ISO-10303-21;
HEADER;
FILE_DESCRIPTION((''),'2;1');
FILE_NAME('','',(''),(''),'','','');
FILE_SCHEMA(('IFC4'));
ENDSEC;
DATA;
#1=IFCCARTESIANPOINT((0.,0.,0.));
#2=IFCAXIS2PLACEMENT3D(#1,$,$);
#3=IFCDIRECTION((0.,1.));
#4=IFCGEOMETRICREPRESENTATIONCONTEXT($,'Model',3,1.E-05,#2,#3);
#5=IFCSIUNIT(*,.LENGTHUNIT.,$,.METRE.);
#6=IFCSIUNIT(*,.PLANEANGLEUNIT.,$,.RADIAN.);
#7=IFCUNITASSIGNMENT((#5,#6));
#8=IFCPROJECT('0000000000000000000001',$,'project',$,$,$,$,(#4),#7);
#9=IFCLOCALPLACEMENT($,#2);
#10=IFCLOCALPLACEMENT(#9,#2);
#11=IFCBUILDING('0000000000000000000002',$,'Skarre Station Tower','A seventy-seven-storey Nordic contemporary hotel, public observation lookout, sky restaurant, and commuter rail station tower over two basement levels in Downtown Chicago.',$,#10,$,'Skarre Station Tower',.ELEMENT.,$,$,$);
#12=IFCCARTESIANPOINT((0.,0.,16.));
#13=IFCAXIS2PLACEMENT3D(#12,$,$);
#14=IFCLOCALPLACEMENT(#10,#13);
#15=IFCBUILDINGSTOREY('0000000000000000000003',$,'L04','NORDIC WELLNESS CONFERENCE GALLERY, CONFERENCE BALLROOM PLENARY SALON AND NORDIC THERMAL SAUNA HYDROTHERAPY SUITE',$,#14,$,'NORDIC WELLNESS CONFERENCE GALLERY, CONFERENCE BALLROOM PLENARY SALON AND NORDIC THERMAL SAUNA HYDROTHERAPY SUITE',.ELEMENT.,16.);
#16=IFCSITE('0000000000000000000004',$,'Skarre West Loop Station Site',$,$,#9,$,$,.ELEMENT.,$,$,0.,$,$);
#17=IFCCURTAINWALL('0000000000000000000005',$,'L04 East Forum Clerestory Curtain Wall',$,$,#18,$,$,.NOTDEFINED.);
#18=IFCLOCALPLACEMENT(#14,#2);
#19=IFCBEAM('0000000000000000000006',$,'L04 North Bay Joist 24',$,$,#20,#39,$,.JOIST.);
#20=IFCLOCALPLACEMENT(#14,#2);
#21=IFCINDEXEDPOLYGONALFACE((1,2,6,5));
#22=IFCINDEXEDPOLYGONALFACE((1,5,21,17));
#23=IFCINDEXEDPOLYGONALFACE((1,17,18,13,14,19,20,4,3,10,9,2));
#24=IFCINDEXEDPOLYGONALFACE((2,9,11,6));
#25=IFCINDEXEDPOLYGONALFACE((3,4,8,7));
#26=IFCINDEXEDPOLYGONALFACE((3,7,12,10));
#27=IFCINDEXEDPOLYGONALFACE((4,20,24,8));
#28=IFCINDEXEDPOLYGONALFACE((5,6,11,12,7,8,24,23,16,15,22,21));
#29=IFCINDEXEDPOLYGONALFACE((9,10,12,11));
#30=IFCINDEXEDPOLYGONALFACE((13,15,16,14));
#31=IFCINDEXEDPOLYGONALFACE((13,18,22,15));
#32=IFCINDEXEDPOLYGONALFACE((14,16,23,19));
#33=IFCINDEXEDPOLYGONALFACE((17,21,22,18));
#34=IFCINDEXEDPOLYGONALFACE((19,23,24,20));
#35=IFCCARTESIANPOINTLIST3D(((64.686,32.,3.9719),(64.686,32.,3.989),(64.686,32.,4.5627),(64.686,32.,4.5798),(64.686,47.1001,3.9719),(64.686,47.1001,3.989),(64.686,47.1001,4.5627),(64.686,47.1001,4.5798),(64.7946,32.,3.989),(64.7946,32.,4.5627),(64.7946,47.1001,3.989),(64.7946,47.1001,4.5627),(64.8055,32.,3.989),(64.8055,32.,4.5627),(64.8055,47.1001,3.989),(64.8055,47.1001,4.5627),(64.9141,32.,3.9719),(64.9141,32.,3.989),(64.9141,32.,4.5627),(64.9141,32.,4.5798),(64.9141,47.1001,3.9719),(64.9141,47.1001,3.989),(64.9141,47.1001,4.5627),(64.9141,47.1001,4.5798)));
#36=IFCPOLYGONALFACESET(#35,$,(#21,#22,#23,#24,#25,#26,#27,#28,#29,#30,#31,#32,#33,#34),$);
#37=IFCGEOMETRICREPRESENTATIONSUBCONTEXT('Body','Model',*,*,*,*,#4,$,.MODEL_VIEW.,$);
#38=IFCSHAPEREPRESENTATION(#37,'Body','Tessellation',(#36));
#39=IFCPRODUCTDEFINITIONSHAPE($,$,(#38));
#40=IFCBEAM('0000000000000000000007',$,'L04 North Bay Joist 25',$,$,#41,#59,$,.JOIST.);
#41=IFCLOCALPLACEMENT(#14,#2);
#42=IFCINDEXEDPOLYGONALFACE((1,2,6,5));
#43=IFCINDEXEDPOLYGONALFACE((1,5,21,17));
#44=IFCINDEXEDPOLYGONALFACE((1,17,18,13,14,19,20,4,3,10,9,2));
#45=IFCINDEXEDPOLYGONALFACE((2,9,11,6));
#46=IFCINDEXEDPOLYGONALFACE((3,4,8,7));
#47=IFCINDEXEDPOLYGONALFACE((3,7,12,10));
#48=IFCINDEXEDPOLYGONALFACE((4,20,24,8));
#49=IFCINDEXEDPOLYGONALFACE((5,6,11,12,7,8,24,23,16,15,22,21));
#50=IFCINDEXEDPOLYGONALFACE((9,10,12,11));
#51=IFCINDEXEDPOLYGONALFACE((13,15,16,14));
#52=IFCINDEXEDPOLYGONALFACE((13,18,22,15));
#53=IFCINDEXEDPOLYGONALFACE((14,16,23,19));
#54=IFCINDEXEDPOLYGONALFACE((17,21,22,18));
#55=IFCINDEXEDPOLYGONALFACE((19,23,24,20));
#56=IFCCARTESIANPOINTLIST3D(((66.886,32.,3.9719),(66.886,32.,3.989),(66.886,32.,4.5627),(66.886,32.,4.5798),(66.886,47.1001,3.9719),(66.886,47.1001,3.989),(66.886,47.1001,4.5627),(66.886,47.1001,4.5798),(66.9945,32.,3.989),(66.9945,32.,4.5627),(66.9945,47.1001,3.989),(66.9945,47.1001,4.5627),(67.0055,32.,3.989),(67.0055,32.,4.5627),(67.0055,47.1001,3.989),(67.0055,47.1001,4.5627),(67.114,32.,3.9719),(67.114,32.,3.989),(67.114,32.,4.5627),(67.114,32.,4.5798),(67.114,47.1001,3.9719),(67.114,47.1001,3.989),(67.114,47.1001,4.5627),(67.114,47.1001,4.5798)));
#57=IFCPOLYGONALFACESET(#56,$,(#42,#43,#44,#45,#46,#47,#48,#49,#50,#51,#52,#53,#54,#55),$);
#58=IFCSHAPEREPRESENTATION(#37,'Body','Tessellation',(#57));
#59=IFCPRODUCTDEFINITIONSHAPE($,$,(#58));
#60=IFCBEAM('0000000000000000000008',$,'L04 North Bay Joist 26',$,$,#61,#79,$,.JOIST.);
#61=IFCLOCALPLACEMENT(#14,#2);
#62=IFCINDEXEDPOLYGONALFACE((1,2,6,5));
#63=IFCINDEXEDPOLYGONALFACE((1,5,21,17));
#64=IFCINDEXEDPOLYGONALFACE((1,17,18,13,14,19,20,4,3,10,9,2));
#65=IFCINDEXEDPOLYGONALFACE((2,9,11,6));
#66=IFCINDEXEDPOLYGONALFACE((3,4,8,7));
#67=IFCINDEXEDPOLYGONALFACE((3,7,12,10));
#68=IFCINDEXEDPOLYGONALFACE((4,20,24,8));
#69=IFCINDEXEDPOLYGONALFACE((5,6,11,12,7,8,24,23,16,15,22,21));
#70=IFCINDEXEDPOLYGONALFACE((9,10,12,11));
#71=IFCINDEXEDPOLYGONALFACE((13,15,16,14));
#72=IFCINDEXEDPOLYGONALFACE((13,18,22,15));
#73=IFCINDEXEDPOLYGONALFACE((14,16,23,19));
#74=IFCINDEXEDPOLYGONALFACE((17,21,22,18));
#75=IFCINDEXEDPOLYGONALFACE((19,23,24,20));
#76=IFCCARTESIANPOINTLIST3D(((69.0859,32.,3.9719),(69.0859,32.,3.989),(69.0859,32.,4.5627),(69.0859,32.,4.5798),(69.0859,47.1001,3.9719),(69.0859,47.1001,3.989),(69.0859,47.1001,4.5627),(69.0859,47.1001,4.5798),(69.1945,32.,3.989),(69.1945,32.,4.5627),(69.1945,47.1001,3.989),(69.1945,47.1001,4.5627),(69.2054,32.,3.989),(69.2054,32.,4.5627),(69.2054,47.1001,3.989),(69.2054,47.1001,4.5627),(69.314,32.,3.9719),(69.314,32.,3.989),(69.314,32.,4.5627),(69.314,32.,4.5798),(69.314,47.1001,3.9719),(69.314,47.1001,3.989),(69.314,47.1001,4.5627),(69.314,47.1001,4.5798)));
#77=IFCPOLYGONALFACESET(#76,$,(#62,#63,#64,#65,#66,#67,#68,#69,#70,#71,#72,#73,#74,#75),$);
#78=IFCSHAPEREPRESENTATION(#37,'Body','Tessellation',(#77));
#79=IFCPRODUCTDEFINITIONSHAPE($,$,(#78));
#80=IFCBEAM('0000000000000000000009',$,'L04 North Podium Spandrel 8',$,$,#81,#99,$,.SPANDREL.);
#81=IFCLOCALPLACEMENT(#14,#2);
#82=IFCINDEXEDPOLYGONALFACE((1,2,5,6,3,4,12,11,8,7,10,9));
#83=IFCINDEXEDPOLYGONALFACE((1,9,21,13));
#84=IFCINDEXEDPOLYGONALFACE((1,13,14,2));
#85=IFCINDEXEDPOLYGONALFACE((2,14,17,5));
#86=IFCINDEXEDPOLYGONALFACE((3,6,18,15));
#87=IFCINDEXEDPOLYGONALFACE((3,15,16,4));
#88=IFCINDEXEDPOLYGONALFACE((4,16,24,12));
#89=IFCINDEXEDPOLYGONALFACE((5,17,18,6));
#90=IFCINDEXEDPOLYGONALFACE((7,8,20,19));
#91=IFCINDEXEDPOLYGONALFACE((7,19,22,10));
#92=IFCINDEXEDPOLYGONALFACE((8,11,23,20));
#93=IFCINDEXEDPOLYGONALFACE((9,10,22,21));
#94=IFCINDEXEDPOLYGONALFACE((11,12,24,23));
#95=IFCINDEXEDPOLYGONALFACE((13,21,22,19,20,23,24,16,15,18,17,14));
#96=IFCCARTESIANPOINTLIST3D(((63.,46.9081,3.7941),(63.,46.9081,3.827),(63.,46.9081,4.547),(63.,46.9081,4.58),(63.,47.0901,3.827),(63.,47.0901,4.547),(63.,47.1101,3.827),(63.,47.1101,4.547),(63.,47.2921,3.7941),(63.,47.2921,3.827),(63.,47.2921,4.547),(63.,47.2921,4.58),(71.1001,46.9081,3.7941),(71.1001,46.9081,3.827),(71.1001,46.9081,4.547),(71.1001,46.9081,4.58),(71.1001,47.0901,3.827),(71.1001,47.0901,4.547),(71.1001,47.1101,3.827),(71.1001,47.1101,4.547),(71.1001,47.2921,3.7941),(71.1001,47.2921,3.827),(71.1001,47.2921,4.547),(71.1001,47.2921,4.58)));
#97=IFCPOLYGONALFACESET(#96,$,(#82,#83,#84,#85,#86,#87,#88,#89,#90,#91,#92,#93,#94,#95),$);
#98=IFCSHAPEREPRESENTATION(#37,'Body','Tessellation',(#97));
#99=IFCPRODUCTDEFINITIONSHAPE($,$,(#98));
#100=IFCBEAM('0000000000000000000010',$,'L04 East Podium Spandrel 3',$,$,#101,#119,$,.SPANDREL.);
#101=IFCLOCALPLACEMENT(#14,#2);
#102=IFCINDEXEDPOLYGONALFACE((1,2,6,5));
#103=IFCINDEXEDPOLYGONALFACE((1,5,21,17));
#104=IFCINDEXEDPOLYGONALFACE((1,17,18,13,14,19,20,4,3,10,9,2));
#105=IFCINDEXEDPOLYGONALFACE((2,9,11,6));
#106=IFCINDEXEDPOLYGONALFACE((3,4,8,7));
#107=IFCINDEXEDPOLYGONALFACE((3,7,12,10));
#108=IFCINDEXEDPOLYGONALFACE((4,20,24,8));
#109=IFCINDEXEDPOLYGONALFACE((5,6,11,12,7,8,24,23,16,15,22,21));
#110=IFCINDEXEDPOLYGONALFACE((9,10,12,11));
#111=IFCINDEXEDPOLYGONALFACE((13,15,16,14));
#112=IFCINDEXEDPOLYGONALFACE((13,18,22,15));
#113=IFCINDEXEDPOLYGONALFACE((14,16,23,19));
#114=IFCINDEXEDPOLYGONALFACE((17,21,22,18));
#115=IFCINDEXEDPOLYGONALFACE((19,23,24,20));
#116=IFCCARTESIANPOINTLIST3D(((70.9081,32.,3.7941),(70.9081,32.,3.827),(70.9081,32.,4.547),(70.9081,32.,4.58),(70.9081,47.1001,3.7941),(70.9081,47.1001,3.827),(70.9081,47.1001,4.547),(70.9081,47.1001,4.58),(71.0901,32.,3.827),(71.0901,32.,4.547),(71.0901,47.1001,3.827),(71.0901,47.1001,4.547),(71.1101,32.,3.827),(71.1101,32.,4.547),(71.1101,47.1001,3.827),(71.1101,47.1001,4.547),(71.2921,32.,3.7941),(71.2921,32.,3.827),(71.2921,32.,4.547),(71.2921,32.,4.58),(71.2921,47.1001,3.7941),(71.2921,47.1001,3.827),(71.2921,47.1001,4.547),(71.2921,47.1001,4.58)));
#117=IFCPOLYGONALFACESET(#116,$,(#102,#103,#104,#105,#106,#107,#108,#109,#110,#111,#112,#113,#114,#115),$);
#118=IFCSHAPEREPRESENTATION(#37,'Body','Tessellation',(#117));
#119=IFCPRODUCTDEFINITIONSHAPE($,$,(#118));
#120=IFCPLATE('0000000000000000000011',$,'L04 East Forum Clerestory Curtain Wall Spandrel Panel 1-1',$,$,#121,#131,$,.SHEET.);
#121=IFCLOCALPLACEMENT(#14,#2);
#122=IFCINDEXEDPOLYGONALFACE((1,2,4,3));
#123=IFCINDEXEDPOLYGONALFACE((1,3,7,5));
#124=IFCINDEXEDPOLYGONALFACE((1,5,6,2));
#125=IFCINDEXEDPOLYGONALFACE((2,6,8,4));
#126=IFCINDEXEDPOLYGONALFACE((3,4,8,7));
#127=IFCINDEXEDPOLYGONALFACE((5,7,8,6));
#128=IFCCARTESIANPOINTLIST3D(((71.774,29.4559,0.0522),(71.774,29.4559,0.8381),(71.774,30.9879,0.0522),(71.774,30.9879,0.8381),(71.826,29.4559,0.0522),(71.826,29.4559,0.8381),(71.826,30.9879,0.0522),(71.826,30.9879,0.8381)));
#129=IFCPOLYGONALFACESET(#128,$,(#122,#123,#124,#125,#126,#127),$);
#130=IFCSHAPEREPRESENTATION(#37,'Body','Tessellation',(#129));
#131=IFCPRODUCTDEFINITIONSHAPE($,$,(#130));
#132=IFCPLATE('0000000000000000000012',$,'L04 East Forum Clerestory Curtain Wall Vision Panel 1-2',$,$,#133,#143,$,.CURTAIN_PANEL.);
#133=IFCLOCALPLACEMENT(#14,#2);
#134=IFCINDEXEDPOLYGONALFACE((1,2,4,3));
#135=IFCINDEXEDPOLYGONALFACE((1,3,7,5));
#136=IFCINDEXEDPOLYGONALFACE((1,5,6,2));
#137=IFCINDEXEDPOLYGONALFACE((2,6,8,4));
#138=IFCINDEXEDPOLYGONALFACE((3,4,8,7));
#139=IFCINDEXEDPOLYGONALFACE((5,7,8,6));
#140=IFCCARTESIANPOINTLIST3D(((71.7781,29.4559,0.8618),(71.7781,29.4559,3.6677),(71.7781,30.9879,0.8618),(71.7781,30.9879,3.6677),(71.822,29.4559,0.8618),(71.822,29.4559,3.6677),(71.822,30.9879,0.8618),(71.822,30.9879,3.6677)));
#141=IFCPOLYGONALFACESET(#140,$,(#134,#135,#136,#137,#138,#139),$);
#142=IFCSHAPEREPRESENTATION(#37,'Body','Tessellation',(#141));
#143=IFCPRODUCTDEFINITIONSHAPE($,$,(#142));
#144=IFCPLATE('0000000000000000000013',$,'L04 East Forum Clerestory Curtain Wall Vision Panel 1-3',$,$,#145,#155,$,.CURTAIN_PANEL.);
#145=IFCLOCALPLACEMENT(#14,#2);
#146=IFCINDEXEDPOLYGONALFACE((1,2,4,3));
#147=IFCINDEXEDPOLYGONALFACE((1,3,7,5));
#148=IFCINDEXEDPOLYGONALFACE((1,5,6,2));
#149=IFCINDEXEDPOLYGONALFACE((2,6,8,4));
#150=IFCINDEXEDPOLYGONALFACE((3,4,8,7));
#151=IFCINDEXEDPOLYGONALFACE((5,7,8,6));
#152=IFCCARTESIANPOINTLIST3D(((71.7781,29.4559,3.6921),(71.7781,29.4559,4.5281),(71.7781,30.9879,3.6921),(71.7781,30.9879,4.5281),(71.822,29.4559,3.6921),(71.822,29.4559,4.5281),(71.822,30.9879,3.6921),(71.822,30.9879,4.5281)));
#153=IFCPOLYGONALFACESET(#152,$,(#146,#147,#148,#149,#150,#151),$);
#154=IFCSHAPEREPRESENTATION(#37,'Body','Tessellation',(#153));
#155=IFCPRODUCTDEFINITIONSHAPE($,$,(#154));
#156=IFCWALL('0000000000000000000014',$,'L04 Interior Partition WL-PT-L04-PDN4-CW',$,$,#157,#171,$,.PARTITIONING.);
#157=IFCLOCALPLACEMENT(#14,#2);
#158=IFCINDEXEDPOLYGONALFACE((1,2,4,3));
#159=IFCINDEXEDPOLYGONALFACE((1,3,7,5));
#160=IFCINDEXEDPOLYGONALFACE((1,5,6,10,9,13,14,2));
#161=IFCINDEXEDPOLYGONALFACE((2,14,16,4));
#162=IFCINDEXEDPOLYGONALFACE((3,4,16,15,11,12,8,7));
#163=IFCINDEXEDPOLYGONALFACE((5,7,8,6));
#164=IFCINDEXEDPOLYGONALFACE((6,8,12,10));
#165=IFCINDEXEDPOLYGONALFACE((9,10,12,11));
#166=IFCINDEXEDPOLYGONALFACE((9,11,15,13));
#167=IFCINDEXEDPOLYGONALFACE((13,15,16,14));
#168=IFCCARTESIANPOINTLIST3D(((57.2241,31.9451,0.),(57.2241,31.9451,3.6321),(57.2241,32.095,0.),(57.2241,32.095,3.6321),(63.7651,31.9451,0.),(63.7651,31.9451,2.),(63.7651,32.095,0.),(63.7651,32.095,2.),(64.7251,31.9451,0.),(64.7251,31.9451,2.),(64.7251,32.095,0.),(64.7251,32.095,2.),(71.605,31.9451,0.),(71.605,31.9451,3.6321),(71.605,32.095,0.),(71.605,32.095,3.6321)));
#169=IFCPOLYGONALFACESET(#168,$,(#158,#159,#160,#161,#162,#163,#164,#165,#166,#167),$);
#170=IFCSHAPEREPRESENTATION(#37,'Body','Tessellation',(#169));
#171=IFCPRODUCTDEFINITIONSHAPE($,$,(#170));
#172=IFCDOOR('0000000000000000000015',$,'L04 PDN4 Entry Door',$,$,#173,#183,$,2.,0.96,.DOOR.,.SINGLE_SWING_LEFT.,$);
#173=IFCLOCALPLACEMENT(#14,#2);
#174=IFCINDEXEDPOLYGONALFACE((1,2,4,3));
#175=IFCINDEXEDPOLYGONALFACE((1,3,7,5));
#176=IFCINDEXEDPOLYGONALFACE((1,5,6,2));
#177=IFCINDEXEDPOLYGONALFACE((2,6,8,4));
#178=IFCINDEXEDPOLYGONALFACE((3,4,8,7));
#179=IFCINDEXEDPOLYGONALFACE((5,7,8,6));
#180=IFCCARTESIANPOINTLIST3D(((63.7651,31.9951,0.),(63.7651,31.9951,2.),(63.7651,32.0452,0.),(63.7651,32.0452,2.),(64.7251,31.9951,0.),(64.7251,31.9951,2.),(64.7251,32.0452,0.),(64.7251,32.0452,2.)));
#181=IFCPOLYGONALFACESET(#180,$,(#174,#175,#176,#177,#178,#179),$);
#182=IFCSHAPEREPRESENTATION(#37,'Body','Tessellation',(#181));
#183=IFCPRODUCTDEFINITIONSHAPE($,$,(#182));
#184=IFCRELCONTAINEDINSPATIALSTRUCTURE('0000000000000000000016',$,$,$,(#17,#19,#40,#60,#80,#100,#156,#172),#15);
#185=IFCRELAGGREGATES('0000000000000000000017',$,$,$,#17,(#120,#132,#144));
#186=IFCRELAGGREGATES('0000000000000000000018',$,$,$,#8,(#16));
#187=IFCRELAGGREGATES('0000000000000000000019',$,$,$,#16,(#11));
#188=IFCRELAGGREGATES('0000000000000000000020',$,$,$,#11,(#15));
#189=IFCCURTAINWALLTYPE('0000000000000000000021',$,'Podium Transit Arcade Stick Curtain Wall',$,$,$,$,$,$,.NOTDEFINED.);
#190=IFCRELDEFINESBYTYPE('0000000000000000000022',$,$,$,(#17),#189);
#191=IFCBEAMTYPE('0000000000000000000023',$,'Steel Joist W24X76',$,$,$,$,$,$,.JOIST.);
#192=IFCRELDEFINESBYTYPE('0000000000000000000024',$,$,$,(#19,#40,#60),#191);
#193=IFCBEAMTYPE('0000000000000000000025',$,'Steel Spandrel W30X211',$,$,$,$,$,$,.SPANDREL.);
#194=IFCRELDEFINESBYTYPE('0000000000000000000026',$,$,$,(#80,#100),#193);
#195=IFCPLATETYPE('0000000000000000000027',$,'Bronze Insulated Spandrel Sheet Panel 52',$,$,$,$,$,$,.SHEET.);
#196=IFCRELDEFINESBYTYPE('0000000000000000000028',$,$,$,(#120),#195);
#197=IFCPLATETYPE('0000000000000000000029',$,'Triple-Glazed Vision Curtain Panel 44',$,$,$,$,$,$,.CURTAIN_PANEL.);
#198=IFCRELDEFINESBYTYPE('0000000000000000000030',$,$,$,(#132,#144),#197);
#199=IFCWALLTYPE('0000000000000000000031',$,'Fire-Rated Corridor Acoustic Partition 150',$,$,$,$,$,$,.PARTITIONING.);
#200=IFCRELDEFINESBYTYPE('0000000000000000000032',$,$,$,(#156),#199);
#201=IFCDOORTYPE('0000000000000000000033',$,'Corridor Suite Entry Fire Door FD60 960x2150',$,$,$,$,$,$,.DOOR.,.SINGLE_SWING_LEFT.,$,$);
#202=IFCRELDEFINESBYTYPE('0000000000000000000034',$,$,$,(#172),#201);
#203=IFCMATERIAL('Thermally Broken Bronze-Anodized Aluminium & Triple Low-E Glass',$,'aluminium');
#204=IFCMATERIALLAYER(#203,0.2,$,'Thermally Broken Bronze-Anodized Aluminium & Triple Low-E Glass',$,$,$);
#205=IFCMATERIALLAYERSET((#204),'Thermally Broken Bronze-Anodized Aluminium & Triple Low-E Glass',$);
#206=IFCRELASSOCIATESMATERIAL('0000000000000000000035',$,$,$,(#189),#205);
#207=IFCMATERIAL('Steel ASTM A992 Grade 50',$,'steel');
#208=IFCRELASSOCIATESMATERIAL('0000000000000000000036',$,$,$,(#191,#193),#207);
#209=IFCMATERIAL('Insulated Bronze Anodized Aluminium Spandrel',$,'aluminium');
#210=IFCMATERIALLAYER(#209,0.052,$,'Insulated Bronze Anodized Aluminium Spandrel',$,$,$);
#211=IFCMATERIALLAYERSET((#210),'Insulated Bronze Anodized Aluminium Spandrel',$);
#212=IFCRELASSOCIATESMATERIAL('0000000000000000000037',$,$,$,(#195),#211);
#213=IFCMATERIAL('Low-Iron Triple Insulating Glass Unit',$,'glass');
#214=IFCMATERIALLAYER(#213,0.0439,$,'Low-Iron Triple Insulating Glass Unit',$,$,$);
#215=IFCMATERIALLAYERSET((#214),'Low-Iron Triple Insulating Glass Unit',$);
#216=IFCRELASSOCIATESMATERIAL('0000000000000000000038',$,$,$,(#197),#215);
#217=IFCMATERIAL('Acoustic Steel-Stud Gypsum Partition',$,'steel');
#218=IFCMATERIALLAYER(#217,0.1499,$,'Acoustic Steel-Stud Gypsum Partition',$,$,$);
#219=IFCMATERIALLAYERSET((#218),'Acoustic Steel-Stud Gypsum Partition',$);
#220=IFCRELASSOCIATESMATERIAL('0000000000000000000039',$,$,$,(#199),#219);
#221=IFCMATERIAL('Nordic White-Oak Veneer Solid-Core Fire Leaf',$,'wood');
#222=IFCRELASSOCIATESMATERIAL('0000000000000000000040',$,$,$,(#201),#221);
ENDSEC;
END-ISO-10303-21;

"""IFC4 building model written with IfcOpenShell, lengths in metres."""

from ifc_helpers import new_model, si_unit, direction, frame, frame_2d, origin, origin_2d, place, context, subcontext, project, spatial, rectangle, i_section, extrude, material, layer, layer_set, material_profile, profile_set, type_object, element, fill, aggregate, save


model = new_model("IFC4")

# Units and contexts
model_context = context("Model", 3, precision=1e-05, world=origin(), true_north=direction((0.0, 1.0)))
body_context = subcontext(model_context, "Body", "Model", "MODEL_VIEW")
ifc_project = project(units=[si_unit("LENGTHUNIT", "METRE"), si_unit("PLANEANGLEUNIT", "RADIAN")], contexts=[model_context])

# Site, building, storey
site_placement = place(None, origin())
site = spatial("IfcSite", under=ifc_project, at=site_placement, Name="Skarre West Loop Station Site", CompositionType="ELEMENT", RefElevation=0.0)
building_placement = place(site_placement, origin())
building = spatial("IfcBuilding", under=site, at=building_placement, Name="Skarre Station Tower", Description="A seventy-seven-storey Nordic contemporary hotel, public observation lookout, sky restaurant, and commuter rail station tower over two basement levels in Downtown Chicago.", LongName="Skarre Station Tower", CompositionType="ELEMENT")
storey_placement = place(building_placement, frame((0.0, 0.0, 16.0)))
storey = spatial("IfcBuildingStorey", under=building, at=storey_placement, Name="L04", Description="NORDIC WELLNESS CONFERENCE GALLERY, CONFERENCE BALLROOM PLENARY SALON AND NORDIC THERMAL SAUNA HYDROTHERAPY SUITE", LongName="NORDIC WELLNESS CONFERENCE GALLERY, CONFERENCE BALLROOM PLENARY SALON AND NORDIC THERMAL SAUNA HYDROTHERAPY SUITE", CompositionType="ELEMENT", Elevation=16.0)

# Curtain wall
ifc_material_1 = material(Name="Thermally Broken Bronze-Anodized Aluminium & Triple Low-E Glass", Category="aluminium")
ifc_layer_1 = layer(ifc_material_1, 0.2, Name="Thermally Broken Bronze-Anodized Aluminium & Triple Low-E Glass")
ifc_layer_set_1 = layer_set([ifc_layer_1], Name="Thermally Broken Bronze-Anodized Aluminium & Triple Low-E Glass")
curtain_wall_type = type_object("IfcCurtainWallType", Name="Podium Transit Arcade Stick Curtain Wall", PredefinedType="NOTDEFINED", material=ifc_layer_set_1)
curtain_wall_placement = place(storey_placement, origin())
curtain_wall = element("IfcCurtainWall", 1, at=curtain_wall_placement, inside=storey, type_object=curtain_wall_type, Name="L04 East Forum Clerestory Curtain Wall", PredefinedType="NOTDEFINED")

# Beams
ifc_material_2 = material(Name="Steel ASTM A992 Grade 50", Category="steel")
ifc_material_profile_1 = material_profile(ifc_material_2, i_section(OverallWidth=0.228, OverallDepth=0.6079, WebThickness=0.011, FlangeThickness=0.0171, at=origin_2d()), Name="Steel ASTM A992 Grade 50")
ifc_profile_set_1 = profile_set([ifc_material_profile_1], Name="Steel ASTM A992 Grade 50")
beam_type_1 = type_object("IfcBeamType", Name="Steel Joist W24X76", PredefinedType="JOIST", material=ifc_profile_set_1)
for number, where, z_axis, x_axis, name in (
    (2, (64.8, 32.0, 4.2759), (0.0, 1.0, 0.0), (-1.0, 0.0, 0.0), "L04 North Bay Joist 24"),
    (3, (67.0, 32.0, 4.2759), (0.0, 1.0, 0.0), (-1.0, 0.0, 0.0), "L04 North Bay Joist 25"),
    (4, (69.2, 32.0, 4.2759), (0.0, 1.0, 0.0), (-1.0, 0.0, 0.0), "L04 North Bay Joist 26"),
):
    element("IfcBeam", number, at=place(storey_placement, frame(where, z_axis=z_axis, x_axis=x_axis)), inside=storey, type_object=beam_type_1, Name=name, PredefinedType="JOIST", context=body_context, shape_type="SweptSolid", body=[
        extrude(i_section(OverallWidth=0.228, OverallDepth=0.6079, WebThickness=0.011, FlangeThickness=0.0171, at=origin_2d()), origin(), (0.0, 0.0, 1.0), 15.1001),
    ])
ifc_material_profile_2 = material_profile(ifc_material_2, i_section(OverallWidth=0.384, OverallDepth=0.7859, WebThickness=0.02, FlangeThickness=0.033, at=origin_2d()), Name="Steel ASTM A992 Grade 50")
ifc_profile_set_2 = profile_set([ifc_material_profile_2], Name="Steel ASTM A992 Grade 50")
beam_type_2 = type_object("IfcBeamType", Name="Steel Spandrel W30X211", PredefinedType="SPANDREL", material=ifc_profile_set_2)
beam_1_placement = place(storey_placement, frame((63.0, 47.1001, 4.187), z_axis=(1.0, 0.0, 0.0), x_axis=(0.0, 1.0, 0.0)))
element("IfcBeam", 5, at=beam_1_placement, inside=storey, type_object=beam_type_2, Name="L04 North Podium Spandrel 8", PredefinedType="SPANDREL", context=body_context, shape_type="SweptSolid", body=[
    extrude(i_section(OverallWidth=0.384, OverallDepth=0.7859, WebThickness=0.02, FlangeThickness=0.033, at=origin_2d()), origin(), (0.0, 0.0, 1.0), 8.1001),
])
beam_2_placement = place(storey_placement, frame((71.1001, 32.0, 4.187), z_axis=(0.0, 1.0, 0.0), x_axis=(-1.0, 0.0, 0.0)))
element("IfcBeam", 6, at=beam_2_placement, inside=storey, type_object=beam_type_2, Name="L04 East Podium Spandrel 3", PredefinedType="SPANDREL", context=body_context, shape_type="SweptSolid", body=[
    extrude(i_section(OverallWidth=0.384, OverallDepth=0.7859, WebThickness=0.02, FlangeThickness=0.033, at=origin_2d()), origin(), (0.0, 0.0, 1.0), 15.1001),
])

# Plates
ifc_material_3 = material(Name="Insulated Bronze Anodized Aluminium Spandrel", Category="aluminium")
ifc_layer_2 = layer(ifc_material_3, 0.052, Name="Insulated Bronze Anodized Aluminium Spandrel")
ifc_layer_set_2 = layer_set([ifc_layer_2], Name="Insulated Bronze Anodized Aluminium Spandrel")
plate_type_1 = type_object("IfcPlateType", Name="Bronze Insulated Spandrel Sheet Panel 52", PredefinedType="SHEET", material=ifc_layer_set_2)
plate_1_placement = place(storey_placement, frame((71.8, 30.2219, 0.0522), z_axis=(0.0, 0.0, 1.0), x_axis=(0.0, -1.0, 0.0)))
plate_1 = element("IfcPlate", 7, at=plate_1_placement, type_object=plate_type_1, Name="L04 East Forum Clerestory Curtain Wall Spandrel Panel 1-1", PredefinedType="SHEET", context=body_context, shape_type="SweptSolid", body=[
    extrude(rectangle(XDim=1.532, YDim=0.052, at=origin_2d()), origin(), (0.0, 0.0, 1.0), 0.7859),
])
ifc_material_4 = material(Name="Low-Iron Triple Insulating Glass Unit", Category="glass")
ifc_layer_3 = layer(ifc_material_4, 0.0439, Name="Low-Iron Triple Insulating Glass Unit")
ifc_layer_set_3 = layer_set([ifc_layer_3], Name="Low-Iron Triple Insulating Glass Unit")
plate_type_2 = type_object("IfcPlateType", Name="Triple-Glazed Vision Curtain Panel 44", PredefinedType="CURTAIN_PANEL", material=ifc_layer_set_3)
plate_2_placement = place(storey_placement, frame((71.8, 30.2219, 0.8618), z_axis=(0.0, 0.0, 1.0), x_axis=(0.0, -1.0, 0.0)))
plate_2 = element("IfcPlate", 8, at=plate_2_placement, type_object=plate_type_2, Name="L04 East Forum Clerestory Curtain Wall Vision Panel 1-2", PredefinedType="CURTAIN_PANEL", context=body_context, shape_type="SweptSolid", body=[
    extrude(rectangle(XDim=1.532, YDim=0.0439, at=origin_2d()), origin(), (0.0, 0.0, 1.0), 2.8059),
])
plate_3_placement = place(storey_placement, frame((71.8, 30.2219, 3.6921), z_axis=(0.0, 0.0, 1.0), x_axis=(0.0, -1.0, 0.0)))
plate_3 = element("IfcPlate", 9, at=plate_3_placement, type_object=plate_type_2, Name="L04 East Forum Clerestory Curtain Wall Vision Panel 1-3", PredefinedType="CURTAIN_PANEL", context=body_context, shape_type="SweptSolid", body=[
    extrude(rectangle(XDim=1.532, YDim=0.0439, at=origin_2d()), origin(), (0.0, 0.0, 1.0), 0.8359),
])
aggregate(curtain_wall, [plate_1, plate_2, plate_3])

# Wall, opening, door
ifc_material_5 = material(Name="Acoustic Steel-Stud Gypsum Partition", Category="steel")
ifc_layer_4 = layer(ifc_material_5, 0.1499, Name="Acoustic Steel-Stud Gypsum Partition")
ifc_layer_set_4 = layer_set([ifc_layer_4], Name="Acoustic Steel-Stud Gypsum Partition")
wall_type_1 = type_object("IfcWallType", Name="Fire-Rated Corridor Acoustic Partition 150", PredefinedType="PARTITIONING", material=ifc_layer_set_4)
wall_1_placement = place(storey_placement, frame((71.605, 32.02, 0.0), z_axis=(0.0, 0.0, 1.0), x_axis=(-1.0, 0.0, 0.0)))
wall_1 = element("IfcWall", 10, at=wall_1_placement, inside=storey, type_object=wall_type_1, Name="L04 Interior Partition WL-PT-L04-PDN4-CW", PredefinedType="PARTITIONING", context=body_context, shape_type="SweptSolid", body=[
    extrude(rectangle(XDim=14.3809, YDim=0.1499, at=frame_2d((7.1904, 0.0))), origin(), (0.0, 0.0, 1.0), 3.6321),
])
opening_1_placement = place(wall_1_placement, frame((6.8799, 0.0, 0.0)))
opening_1 = element("IfcOpeningElement", 11, at=opening_1_placement, cuts=wall_1, PredefinedType="OPENING", context=body_context, shape_type="SweptSolid", body=[
    extrude(rectangle(XDim=0.96, YDim=2.0, at=frame_2d((0.48, 1.0))), frame((0.0, 0.085, 0.0), z_axis=(0.0, -1.0, 0.0), x_axis=(1.0, 0.0, 0.0)), (0.0, 0.0, 1.0), 0.1699),
])
ifc_material_6 = material(Name="Nordic White-Oak Veneer Solid-Core Fire Leaf", Category="wood")
door_type = type_object("IfcDoorType", Name="Corridor Suite Entry Fire Door FD60 960x2150", OperationType="SINGLE_SWING_LEFT", PredefinedType="DOOR", material=ifc_material_6)
door_placement = place(opening_1_placement, origin())
door = element("IfcDoor", 12, at=door_placement, inside=storey, type_object=door_type, Name="L04 PDN4 Entry Door", OperationType="SINGLE_SWING_LEFT", OverallHeight=2.0, OverallWidth=0.96, PredefinedType="DOOR", context=body_context, shape_type="SweptSolid", body=[
    extrude(rectangle(XDim=0.96, YDim=2.0, at=frame_2d((0.48, 1.0))), frame((0.0, 0.0249, 0.0), z_axis=(0.0, -1.0, 0.0), x_axis=(1.0, 0.0, 0.0)), (0.0, 0.0, 1.0), 0.05),
])
fill(opening_1, door)

save(model, "model.ifc")
